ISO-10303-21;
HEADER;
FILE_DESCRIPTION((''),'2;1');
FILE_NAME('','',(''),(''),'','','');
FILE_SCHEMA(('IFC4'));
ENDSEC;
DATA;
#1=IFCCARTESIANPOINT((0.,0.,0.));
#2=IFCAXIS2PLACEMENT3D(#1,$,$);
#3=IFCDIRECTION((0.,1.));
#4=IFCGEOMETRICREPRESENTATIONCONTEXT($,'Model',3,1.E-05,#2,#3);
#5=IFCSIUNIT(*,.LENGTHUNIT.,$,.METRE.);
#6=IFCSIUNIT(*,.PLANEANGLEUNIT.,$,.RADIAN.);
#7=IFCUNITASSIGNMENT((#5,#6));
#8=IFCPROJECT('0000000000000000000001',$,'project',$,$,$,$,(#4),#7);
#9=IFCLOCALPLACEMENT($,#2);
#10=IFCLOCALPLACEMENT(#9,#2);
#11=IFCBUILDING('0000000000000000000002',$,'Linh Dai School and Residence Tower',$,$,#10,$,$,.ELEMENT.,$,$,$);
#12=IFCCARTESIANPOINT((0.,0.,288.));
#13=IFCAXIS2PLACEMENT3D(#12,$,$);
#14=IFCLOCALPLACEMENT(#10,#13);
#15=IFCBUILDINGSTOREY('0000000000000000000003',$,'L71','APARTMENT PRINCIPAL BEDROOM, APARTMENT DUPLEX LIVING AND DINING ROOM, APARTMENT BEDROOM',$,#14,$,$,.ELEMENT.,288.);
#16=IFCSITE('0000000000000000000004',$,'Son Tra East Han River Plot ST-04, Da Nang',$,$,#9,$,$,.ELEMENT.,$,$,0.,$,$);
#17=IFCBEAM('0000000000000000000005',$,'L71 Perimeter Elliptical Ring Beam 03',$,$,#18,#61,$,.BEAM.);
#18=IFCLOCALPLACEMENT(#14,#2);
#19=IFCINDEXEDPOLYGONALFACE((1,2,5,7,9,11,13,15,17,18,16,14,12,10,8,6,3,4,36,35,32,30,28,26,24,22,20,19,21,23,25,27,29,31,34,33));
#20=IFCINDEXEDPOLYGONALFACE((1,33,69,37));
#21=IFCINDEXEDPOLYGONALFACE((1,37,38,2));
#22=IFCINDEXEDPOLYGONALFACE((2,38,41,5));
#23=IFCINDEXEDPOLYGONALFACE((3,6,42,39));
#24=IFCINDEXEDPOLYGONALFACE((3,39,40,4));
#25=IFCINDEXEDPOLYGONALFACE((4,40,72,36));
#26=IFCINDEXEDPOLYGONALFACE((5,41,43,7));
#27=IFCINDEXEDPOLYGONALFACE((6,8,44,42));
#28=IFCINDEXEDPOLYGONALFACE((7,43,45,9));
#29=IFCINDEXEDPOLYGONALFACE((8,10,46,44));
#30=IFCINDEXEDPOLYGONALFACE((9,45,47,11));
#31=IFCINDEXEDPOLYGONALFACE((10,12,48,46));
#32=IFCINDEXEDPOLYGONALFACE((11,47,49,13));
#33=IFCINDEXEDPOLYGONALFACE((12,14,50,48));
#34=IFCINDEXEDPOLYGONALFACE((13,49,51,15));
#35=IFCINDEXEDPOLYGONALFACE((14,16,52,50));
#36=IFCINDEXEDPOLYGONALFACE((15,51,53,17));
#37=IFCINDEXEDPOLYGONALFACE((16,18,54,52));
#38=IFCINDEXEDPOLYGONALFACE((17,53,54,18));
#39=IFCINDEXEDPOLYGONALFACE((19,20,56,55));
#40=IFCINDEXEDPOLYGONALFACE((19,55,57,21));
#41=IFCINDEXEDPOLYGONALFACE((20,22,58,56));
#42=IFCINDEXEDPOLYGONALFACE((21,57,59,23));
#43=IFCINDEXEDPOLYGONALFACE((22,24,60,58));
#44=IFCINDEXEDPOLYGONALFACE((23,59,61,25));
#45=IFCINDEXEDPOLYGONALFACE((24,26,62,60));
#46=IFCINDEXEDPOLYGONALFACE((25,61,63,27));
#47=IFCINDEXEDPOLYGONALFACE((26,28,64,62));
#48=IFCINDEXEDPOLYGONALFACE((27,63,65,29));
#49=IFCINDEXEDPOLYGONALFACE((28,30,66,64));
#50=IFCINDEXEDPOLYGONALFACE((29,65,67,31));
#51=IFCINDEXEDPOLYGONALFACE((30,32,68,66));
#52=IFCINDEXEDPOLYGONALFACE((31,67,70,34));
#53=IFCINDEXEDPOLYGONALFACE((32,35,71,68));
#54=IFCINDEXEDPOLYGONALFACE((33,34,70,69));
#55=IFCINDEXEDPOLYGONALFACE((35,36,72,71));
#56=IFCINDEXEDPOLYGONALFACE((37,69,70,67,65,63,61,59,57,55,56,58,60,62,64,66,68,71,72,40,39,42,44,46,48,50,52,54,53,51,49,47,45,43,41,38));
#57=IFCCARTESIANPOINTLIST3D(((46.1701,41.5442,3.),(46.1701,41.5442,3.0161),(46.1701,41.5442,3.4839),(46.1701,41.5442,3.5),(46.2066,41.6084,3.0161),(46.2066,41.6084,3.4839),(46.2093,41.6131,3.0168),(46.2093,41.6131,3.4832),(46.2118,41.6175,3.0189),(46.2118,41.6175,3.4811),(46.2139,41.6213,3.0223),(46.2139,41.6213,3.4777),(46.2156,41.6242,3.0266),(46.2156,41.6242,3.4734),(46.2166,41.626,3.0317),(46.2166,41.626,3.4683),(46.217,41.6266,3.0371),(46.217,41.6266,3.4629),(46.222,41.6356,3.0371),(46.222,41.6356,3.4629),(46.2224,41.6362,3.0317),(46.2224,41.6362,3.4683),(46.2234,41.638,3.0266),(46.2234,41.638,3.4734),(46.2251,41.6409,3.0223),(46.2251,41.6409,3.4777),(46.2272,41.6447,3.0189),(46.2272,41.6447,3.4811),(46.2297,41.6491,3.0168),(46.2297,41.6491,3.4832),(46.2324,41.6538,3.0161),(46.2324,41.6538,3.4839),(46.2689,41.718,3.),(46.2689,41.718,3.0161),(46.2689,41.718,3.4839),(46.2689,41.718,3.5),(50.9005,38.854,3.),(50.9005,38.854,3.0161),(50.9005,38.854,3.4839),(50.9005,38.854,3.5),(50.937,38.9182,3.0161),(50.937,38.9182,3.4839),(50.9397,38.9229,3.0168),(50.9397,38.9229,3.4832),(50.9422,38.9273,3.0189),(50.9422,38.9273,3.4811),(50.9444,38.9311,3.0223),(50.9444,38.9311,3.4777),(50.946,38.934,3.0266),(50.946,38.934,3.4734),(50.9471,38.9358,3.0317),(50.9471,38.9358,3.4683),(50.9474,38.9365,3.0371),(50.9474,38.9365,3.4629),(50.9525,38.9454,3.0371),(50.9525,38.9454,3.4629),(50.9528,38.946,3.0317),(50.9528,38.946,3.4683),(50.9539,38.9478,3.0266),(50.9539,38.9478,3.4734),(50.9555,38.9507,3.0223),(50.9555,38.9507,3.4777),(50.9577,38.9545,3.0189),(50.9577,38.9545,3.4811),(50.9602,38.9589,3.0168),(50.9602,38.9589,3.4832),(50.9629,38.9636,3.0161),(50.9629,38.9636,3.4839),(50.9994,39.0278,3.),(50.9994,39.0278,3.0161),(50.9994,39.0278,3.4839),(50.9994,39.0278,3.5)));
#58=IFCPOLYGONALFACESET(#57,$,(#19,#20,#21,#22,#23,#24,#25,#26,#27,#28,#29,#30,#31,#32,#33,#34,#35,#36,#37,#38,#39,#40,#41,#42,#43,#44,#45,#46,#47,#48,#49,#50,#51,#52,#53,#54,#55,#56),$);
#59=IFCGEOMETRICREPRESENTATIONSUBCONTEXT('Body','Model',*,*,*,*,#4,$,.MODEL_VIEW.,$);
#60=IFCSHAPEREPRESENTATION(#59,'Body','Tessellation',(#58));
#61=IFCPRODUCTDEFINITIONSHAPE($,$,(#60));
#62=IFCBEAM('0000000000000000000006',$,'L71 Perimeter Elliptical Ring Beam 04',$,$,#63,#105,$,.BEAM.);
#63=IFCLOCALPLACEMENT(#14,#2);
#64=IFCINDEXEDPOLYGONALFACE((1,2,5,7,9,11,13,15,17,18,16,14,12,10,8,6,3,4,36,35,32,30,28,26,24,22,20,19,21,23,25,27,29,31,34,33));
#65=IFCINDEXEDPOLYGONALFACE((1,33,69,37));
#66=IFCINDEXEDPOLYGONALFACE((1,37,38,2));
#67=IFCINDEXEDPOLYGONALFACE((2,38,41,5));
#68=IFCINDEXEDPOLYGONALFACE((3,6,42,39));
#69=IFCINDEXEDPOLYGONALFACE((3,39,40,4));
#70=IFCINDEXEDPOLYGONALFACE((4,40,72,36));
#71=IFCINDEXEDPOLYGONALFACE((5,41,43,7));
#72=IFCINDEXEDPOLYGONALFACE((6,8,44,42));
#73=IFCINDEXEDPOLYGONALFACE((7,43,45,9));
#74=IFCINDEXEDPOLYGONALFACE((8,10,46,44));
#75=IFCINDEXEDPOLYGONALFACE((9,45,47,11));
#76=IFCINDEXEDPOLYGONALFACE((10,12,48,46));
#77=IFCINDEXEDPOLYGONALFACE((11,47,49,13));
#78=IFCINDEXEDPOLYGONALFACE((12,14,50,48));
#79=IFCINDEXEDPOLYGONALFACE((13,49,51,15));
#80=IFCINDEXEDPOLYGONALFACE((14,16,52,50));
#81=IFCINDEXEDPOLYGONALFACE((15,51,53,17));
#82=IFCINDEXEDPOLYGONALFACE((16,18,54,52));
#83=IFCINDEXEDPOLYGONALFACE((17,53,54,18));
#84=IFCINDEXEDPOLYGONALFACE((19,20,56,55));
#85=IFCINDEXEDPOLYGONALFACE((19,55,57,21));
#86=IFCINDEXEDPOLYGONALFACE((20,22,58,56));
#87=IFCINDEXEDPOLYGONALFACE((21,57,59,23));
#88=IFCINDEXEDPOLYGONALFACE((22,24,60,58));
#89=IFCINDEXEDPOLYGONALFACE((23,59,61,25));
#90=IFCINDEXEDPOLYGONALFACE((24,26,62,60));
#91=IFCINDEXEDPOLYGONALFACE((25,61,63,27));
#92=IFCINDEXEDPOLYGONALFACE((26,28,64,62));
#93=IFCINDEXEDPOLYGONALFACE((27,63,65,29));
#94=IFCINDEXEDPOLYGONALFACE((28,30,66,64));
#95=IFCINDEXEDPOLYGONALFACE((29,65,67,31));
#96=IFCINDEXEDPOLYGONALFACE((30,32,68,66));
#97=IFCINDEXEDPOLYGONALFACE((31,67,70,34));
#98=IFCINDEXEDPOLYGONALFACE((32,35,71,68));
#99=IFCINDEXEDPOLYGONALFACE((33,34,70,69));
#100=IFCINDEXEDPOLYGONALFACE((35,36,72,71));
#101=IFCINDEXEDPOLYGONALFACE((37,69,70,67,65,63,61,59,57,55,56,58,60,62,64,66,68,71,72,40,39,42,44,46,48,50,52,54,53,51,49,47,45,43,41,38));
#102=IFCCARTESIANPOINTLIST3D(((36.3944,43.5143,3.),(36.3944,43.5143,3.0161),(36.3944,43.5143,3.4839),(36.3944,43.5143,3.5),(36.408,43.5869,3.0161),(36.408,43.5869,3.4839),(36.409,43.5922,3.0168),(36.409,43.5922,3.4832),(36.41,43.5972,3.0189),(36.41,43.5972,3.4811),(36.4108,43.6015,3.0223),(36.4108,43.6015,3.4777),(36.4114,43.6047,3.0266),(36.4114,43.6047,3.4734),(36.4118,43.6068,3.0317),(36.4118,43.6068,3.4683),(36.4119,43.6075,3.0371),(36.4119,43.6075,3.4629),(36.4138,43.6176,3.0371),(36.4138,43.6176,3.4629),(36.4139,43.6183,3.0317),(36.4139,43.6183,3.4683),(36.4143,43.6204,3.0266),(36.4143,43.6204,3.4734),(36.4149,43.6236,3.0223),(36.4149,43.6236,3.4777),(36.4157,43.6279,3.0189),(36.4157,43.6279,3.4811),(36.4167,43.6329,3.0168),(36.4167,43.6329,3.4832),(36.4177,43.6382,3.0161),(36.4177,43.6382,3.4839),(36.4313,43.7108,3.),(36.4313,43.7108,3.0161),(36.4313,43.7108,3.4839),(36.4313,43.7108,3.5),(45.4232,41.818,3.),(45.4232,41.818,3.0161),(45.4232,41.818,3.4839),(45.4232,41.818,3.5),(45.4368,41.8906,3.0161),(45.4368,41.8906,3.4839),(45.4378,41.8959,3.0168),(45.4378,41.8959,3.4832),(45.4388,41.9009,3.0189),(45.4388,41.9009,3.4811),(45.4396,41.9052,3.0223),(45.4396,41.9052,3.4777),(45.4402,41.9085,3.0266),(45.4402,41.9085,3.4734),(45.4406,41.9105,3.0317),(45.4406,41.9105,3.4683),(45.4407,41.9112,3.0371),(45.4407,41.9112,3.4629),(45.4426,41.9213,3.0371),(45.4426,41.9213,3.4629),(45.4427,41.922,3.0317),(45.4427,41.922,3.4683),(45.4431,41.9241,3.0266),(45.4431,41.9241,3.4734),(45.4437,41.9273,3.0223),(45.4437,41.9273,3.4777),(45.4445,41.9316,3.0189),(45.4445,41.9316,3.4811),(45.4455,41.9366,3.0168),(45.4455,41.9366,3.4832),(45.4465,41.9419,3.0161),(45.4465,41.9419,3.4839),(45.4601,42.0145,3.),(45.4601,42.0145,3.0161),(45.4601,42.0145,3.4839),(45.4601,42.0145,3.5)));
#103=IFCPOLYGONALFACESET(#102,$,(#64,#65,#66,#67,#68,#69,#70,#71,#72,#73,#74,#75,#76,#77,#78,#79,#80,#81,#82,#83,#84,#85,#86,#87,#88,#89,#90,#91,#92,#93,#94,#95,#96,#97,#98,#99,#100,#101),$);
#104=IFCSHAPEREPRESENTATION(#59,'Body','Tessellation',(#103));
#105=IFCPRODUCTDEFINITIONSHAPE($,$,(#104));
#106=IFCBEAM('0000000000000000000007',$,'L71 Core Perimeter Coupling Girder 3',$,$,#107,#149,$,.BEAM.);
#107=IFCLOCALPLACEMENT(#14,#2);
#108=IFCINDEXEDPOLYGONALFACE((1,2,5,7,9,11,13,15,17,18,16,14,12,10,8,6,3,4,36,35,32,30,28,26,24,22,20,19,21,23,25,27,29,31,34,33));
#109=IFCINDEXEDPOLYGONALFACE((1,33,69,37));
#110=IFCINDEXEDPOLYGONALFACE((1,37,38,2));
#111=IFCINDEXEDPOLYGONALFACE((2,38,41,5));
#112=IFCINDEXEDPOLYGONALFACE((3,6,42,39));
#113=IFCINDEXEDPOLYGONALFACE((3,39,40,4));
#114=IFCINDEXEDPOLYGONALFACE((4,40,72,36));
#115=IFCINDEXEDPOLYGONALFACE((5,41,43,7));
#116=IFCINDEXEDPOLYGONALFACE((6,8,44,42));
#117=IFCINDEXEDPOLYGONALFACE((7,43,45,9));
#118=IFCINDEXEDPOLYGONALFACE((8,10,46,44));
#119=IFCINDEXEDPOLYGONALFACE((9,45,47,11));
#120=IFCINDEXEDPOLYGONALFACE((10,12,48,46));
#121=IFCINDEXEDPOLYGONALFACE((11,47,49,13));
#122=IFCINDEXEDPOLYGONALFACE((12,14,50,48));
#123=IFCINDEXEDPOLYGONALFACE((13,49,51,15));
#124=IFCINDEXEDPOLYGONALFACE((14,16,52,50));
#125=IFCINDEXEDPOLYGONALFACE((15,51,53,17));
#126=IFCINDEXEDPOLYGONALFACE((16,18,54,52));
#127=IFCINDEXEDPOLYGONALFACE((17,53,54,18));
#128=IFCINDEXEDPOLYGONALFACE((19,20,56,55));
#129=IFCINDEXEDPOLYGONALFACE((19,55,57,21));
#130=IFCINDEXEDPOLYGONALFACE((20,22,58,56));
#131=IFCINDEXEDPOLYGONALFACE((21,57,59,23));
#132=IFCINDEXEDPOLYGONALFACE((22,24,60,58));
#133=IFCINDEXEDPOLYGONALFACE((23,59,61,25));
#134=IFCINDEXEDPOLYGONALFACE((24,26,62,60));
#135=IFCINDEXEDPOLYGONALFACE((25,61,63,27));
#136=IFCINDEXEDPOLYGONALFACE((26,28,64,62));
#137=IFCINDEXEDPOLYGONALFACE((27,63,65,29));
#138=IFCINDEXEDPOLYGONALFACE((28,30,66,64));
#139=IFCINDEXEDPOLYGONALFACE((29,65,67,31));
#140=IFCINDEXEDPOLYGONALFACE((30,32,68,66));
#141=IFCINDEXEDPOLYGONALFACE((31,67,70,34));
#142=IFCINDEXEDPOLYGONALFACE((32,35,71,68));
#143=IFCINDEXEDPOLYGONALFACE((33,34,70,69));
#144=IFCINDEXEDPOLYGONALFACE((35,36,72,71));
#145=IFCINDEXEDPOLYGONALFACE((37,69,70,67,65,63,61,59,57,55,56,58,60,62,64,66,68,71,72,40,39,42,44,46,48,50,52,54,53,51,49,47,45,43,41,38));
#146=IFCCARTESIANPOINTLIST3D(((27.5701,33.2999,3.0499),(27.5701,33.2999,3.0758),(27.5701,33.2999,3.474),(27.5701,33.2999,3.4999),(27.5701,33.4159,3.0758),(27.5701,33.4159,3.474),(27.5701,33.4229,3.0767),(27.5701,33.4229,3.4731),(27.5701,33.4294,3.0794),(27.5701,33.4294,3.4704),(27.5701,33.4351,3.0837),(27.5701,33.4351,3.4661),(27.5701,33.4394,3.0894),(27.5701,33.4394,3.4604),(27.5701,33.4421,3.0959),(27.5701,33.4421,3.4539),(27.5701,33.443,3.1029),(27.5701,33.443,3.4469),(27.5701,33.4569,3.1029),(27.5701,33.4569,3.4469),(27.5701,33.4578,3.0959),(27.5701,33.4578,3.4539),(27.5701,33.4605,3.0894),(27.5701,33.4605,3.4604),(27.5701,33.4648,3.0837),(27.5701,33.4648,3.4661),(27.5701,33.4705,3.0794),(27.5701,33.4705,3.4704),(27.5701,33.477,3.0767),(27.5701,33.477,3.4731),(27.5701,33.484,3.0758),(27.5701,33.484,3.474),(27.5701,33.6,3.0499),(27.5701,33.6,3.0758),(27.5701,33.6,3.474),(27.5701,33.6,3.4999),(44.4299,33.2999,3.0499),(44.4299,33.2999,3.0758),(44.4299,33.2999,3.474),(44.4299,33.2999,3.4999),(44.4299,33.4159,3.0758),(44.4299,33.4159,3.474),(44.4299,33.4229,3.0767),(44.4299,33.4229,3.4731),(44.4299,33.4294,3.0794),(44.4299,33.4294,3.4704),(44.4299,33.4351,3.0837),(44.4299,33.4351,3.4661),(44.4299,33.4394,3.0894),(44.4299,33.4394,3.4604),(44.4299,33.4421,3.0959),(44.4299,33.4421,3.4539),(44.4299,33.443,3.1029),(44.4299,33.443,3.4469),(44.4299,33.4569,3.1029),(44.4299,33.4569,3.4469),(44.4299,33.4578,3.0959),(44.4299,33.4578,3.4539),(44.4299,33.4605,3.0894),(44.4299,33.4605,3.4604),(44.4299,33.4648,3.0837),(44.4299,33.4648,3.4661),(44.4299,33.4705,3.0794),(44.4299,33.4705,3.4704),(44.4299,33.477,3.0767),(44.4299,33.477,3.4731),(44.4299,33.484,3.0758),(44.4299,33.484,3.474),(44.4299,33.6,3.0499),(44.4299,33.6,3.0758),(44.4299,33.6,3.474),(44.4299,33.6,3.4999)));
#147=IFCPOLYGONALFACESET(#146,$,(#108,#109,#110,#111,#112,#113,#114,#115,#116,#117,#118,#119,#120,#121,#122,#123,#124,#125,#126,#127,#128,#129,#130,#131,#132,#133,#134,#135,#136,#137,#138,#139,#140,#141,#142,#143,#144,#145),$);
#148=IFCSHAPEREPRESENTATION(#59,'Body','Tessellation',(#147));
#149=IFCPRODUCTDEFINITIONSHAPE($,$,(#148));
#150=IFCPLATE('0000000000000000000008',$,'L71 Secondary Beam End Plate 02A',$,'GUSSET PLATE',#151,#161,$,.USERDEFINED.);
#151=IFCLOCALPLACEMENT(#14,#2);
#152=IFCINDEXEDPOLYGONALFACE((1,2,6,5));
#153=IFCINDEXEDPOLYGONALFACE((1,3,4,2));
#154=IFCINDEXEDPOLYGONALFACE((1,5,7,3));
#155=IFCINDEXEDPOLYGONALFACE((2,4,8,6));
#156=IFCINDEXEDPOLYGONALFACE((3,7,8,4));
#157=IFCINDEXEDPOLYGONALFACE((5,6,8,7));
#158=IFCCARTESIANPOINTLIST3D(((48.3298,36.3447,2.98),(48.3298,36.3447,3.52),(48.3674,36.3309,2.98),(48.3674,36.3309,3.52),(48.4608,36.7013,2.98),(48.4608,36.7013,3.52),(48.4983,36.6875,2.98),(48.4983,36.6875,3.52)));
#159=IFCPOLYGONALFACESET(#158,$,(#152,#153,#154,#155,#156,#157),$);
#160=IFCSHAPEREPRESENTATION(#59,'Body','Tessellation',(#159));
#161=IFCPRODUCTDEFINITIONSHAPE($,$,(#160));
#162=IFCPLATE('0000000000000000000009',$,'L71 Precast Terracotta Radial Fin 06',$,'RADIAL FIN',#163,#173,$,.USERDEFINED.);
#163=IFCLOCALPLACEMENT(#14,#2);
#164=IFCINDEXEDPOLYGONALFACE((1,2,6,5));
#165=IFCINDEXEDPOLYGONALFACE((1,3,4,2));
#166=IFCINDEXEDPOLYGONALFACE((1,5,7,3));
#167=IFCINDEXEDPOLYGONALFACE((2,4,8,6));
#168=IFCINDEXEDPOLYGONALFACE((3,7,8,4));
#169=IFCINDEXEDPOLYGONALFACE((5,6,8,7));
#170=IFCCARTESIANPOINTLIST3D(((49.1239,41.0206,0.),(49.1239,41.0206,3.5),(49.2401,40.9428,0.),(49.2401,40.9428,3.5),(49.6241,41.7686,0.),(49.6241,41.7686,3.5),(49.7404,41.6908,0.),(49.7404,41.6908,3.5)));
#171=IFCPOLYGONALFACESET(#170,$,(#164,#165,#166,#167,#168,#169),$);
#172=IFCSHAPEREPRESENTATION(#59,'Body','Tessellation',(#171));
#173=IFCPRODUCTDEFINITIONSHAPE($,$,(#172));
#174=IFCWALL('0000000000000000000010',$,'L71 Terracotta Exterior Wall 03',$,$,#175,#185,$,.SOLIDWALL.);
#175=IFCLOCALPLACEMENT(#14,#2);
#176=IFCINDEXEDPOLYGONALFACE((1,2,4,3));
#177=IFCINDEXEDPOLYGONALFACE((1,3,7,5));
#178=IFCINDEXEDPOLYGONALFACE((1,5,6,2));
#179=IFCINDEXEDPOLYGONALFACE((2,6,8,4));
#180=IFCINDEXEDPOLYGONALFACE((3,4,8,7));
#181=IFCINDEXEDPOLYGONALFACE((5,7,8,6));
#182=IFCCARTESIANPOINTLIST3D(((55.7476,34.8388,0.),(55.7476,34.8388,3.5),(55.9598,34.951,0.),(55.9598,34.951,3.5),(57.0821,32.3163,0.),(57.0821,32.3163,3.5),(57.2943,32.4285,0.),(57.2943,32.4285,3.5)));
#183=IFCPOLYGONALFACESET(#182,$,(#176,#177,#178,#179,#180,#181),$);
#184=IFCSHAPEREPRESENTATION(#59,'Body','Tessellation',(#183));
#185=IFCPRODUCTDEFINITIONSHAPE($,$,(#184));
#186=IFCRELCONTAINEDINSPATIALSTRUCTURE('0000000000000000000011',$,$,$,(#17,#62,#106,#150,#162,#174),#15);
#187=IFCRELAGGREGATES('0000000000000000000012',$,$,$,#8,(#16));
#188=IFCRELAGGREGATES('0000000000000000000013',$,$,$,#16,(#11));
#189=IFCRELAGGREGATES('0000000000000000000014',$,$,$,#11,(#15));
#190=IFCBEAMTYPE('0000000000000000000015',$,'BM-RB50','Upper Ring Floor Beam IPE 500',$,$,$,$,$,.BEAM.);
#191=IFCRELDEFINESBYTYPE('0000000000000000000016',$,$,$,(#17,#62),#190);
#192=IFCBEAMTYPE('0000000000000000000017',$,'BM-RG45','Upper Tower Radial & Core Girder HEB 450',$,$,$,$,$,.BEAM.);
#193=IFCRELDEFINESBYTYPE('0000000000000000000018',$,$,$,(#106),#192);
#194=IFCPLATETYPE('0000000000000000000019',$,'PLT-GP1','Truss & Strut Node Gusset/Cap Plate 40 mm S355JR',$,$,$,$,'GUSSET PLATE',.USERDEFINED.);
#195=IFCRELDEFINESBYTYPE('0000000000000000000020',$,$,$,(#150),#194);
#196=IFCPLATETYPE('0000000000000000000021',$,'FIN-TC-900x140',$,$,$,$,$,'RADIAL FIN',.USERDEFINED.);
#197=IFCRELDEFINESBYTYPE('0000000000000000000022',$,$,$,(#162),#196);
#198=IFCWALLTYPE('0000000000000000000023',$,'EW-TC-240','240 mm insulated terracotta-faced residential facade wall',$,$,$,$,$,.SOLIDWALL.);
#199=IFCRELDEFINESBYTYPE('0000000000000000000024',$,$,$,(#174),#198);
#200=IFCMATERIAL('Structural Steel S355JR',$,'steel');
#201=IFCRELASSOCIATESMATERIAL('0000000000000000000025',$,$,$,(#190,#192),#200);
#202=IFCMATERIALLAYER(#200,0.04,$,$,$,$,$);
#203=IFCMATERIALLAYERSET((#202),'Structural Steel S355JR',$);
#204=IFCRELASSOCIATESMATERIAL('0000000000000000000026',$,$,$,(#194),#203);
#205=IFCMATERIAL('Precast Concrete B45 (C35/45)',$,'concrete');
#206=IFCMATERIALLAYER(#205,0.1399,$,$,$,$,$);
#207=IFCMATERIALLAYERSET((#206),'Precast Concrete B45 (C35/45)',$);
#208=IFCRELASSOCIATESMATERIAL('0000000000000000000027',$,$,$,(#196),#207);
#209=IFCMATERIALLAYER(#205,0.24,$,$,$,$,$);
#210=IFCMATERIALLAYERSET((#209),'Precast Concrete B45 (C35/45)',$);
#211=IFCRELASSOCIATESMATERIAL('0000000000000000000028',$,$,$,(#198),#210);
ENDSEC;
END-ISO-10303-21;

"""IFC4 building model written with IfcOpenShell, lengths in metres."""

from ifc_helpers import new_model, si_unit, direction, frame, frame_2d, origin, origin_2d, place, context, subcontext, project, spatial, rectangle, i_section, extrude, source, transform, mapped, material, layer, layer_set, material_profile, profile_set, type_object, element, save


model = new_model("IFC4")

# Units and contexts
model_context = context("Model", 3, precision=1e-05, world=origin(), true_north=direction((0.0, 1.0)))
body_context = subcontext(model_context, "Body", "Model", "MODEL_VIEW")
ifc_project = project(units=[si_unit("LENGTHUNIT", "METRE"), si_unit("PLANEANGLEUNIT", "RADIAN")], contexts=[model_context])

# Site, building, storey
site_placement = place(None, origin())
site = spatial("IfcSite", under=ifc_project, at=site_placement, Name="Son Tra East Han River Plot ST-04, Da Nang", CompositionType="ELEMENT", RefElevation=0.0)
building_placement = place(site_placement, origin())
building = spatial("IfcBuilding", under=site, at=building_placement, Name="Linh Dai School and Residence Tower", CompositionType="ELEMENT")
storey_placement = place(building_placement, frame((0.0, 0.0, 288.0)))
storey = spatial("IfcBuildingStorey", under=building, at=storey_placement, Name="L71", Description="APARTMENT PRINCIPAL BEDROOM, APARTMENT DUPLEX LIVING AND DINING ROOM, APARTMENT BEDROOM", CompositionType="ELEMENT", Elevation=288.0)

# Shared definitions
ifc_material_1 = material(Name="Structural Steel S355JR", Category="steel")

# Beams
ifc_material_profile_1 = material_profile(ifc_material_1, i_section(OverallWidth=0.2, OverallDepth=0.5, WebThickness=0.0103, FlangeThickness=0.0161, FilletRadius=0.021, at=origin_2d()), Name="IPE 500")
ifc_profile_set_1 = profile_set([ifc_material_profile_1], Name="Structural Steel S355JR")
beam_type_1 = type_object("IfcBeamType", Name="BM-RB50", Description="Upper Ring Floor Beam IPE 500", PredefinedType="BEAM", material=ifc_profile_set_1)
beam_1_placement = place(storey_placement, frame((50.95, 38.9409, 3.25), z_axis=(-0.869266, 0.494345, 0.0), x_axis=(-0.494345, -0.869266, 0.0)))
element("IfcBeam", 1, at=beam_1_placement, inside=storey, type_object=beam_type_1, Name="L71 Perimeter Elliptical Ring Beam 03", PredefinedType="BEAM", context=body_context, shape_type="SweptSolid", body=[
    extrude(i_section(OverallWidth=0.2, OverallDepth=0.5, WebThickness=0.0103, FlangeThickness=0.0161, FilletRadius=0.021, at=origin_2d()), origin(), (0.0, 0.0, 1.0), 5.4419),
])
beam_2_placement = place(storey_placement, frame((45.4417, 41.9163, 3.25), z_axis=(-0.982805, 0.184645, 0.0), x_axis=(-0.184645, -0.982805, 0.0)))
element("IfcBeam", 2, at=beam_2_placement, inside=storey, type_object=beam_type_1, Name="L71 Perimeter Elliptical Ring Beam 04", PredefinedType="BEAM", context=body_context, shape_type="SweptSolid", body=[
    extrude(i_section(OverallWidth=0.2, OverallDepth=0.5, WebThickness=0.0103, FlangeThickness=0.0161, FilletRadius=0.021, at=origin_2d()), origin(), (0.0, 0.0, 1.0), 9.1868),
])
ifc_material_profile_2 = material_profile(ifc_material_1, i_section(OverallWidth=0.3, OverallDepth=0.45, WebThickness=0.0139, FlangeThickness=0.0259, FilletRadius=0.0271, at=origin_2d()), Name="HEB 450")
ifc_profile_set_2 = profile_set([ifc_material_profile_2], Name="Structural Steel S355JR")
beam_type_2 = type_object("IfcBeamType", Name="BM-RG45", Description="Upper Tower Radial & Core Girder HEB 450", PredefinedType="BEAM", material=ifc_profile_set_2)
beam_3_placement = place(storey_placement, frame((44.4299, 33.45, 3.2749), z_axis=(-1.0, 0.0, 0.0), x_axis=(0.0, -1.0, 0.0)))
element("IfcBeam", 3, at=beam_3_placement, inside=storey, type_object=beam_type_2, Name="L71 Core Perimeter Coupling Girder 3", PredefinedType="BEAM", context=body_context, shape_type="SweptSolid", body=[
    extrude(i_section(OverallWidth=0.3, OverallDepth=0.45, WebThickness=0.0139, FlangeThickness=0.0259, FilletRadius=0.0271, at=origin_2d()), origin(), (0.0, 0.0, 1.0), 16.8599),
])

# Plates
ifc_layer_1 = layer(ifc_material_1, 0.04)
ifc_layer_set_1 = layer_set([ifc_layer_1], Name="Structural Steel S355JR")
plate_type_1 = type_object("IfcPlateType", Name="PLT-GP1", Description="Truss & Strut Node Gusset/Cap Plate 40 mm S355JR", ElementType="GUSSET PLATE", PredefinedType="USERDEFINED", material=ifc_layer_set_1)
shared_shape_1 = source(origin(), body_context, "Body", "SweptSolid", [
    extrude(rectangle(XDim=0.04, YDim=0.3799, at=origin_2d()), origin(), (0.0, 0.0, 1.0), 0.54),
])
plate_1_placement = place(storey_placement, frame((48.4141, 36.5161, 2.98), z_axis=(0.0, 0.0, 1.0), x_axis=(-0.938695, 0.344748, 0.0)))
element("IfcPlate", 4, at=plate_1_placement, inside=storey, type_object=plate_type_1, Name="L71 Secondary Beam End Plate 02A", ObjectType="GUSSET PLATE", PredefinedType="USERDEFINED", context=body_context, shape_type="MappedRepresentation", body=[
    mapped(shared_shape_1, transform((0.0, 0.0, 0.0), x_axis=(1.0, 0.0, 0.0), y_axis=(0.0, 1.0, 0.0), z_axis=(0.0, 0.0, 1.0), scale=1.0)),
])
ifc_material_2 = material(Name="Precast Concrete B45 (C35/45)", Category="concrete")
ifc_layer_2 = layer(ifc_material_2, 0.1399)
ifc_layer_set_2 = layer_set([ifc_layer_2], Name="Precast Concrete B45 (C35/45)")
plate_type_2 = type_object("IfcPlateType", Name="FIN-TC-900x140", ElementType="RADIAL FIN", PredefinedType="USERDEFINED", material=ifc_layer_set_2)
shared_shape_2 = source(origin(), body_context, "Body", "SweptSolid", [
    extrude(rectangle(XDim=0.8999, YDim=0.1399, at=origin_2d()), origin(), (0.0, 0.0, 1.0), 3.5),
])
plate_2_placement = place(storey_placement, frame((49.4321, 41.3557, 0.0), z_axis=(0.0, 0.0, 1.0), x_axis=(0.555908, 0.831244, 0.0)))
element("IfcPlate", 5, at=plate_2_placement, inside=storey, type_object=plate_type_2, Name="L71 Precast Terracotta Radial Fin 06", ObjectType="RADIAL FIN", PredefinedType="USERDEFINED", context=body_context, shape_type="MappedRepresentation", body=[
    mapped(shared_shape_2, transform((0.0, 0.0, 0.0), x_axis=(1.0, 0.0, 0.0), y_axis=(0.0, 1.0, 0.0), z_axis=(0.0, 0.0, 1.0), scale=1.0)),
])

# Wall
ifc_layer_3 = layer(ifc_material_2, 0.24)
ifc_layer_set_3 = layer_set([ifc_layer_3], Name="Precast Concrete B45 (C35/45)")
wall_type_1 = type_object("IfcWallType", Name="EW-TC-240", Description="240 mm insulated terracotta-faced residential facade wall", PredefinedType="SOLIDWALL", material=ifc_layer_set_3)
wall_1_placement = place(storey_placement, frame((55.8538, 34.8948, 0.0), z_axis=(0.0, 0.0, 1.0), x_axis=(0.467628, -0.883925, 0.0)))
element("IfcWall", 6, at=wall_1_placement, inside=storey, type_object=wall_type_1, Name="L71 Terracotta Exterior Wall 03", PredefinedType="SOLIDWALL", context=body_context, shape_type="SweptSolid", body=[
    extrude(rectangle(XDim=2.8538, YDim=0.24, at=frame_2d((1.4268, 0.0))), origin(), (0.0, 0.0, 1.0), 3.5),
])

save(model, "model.ifc")
